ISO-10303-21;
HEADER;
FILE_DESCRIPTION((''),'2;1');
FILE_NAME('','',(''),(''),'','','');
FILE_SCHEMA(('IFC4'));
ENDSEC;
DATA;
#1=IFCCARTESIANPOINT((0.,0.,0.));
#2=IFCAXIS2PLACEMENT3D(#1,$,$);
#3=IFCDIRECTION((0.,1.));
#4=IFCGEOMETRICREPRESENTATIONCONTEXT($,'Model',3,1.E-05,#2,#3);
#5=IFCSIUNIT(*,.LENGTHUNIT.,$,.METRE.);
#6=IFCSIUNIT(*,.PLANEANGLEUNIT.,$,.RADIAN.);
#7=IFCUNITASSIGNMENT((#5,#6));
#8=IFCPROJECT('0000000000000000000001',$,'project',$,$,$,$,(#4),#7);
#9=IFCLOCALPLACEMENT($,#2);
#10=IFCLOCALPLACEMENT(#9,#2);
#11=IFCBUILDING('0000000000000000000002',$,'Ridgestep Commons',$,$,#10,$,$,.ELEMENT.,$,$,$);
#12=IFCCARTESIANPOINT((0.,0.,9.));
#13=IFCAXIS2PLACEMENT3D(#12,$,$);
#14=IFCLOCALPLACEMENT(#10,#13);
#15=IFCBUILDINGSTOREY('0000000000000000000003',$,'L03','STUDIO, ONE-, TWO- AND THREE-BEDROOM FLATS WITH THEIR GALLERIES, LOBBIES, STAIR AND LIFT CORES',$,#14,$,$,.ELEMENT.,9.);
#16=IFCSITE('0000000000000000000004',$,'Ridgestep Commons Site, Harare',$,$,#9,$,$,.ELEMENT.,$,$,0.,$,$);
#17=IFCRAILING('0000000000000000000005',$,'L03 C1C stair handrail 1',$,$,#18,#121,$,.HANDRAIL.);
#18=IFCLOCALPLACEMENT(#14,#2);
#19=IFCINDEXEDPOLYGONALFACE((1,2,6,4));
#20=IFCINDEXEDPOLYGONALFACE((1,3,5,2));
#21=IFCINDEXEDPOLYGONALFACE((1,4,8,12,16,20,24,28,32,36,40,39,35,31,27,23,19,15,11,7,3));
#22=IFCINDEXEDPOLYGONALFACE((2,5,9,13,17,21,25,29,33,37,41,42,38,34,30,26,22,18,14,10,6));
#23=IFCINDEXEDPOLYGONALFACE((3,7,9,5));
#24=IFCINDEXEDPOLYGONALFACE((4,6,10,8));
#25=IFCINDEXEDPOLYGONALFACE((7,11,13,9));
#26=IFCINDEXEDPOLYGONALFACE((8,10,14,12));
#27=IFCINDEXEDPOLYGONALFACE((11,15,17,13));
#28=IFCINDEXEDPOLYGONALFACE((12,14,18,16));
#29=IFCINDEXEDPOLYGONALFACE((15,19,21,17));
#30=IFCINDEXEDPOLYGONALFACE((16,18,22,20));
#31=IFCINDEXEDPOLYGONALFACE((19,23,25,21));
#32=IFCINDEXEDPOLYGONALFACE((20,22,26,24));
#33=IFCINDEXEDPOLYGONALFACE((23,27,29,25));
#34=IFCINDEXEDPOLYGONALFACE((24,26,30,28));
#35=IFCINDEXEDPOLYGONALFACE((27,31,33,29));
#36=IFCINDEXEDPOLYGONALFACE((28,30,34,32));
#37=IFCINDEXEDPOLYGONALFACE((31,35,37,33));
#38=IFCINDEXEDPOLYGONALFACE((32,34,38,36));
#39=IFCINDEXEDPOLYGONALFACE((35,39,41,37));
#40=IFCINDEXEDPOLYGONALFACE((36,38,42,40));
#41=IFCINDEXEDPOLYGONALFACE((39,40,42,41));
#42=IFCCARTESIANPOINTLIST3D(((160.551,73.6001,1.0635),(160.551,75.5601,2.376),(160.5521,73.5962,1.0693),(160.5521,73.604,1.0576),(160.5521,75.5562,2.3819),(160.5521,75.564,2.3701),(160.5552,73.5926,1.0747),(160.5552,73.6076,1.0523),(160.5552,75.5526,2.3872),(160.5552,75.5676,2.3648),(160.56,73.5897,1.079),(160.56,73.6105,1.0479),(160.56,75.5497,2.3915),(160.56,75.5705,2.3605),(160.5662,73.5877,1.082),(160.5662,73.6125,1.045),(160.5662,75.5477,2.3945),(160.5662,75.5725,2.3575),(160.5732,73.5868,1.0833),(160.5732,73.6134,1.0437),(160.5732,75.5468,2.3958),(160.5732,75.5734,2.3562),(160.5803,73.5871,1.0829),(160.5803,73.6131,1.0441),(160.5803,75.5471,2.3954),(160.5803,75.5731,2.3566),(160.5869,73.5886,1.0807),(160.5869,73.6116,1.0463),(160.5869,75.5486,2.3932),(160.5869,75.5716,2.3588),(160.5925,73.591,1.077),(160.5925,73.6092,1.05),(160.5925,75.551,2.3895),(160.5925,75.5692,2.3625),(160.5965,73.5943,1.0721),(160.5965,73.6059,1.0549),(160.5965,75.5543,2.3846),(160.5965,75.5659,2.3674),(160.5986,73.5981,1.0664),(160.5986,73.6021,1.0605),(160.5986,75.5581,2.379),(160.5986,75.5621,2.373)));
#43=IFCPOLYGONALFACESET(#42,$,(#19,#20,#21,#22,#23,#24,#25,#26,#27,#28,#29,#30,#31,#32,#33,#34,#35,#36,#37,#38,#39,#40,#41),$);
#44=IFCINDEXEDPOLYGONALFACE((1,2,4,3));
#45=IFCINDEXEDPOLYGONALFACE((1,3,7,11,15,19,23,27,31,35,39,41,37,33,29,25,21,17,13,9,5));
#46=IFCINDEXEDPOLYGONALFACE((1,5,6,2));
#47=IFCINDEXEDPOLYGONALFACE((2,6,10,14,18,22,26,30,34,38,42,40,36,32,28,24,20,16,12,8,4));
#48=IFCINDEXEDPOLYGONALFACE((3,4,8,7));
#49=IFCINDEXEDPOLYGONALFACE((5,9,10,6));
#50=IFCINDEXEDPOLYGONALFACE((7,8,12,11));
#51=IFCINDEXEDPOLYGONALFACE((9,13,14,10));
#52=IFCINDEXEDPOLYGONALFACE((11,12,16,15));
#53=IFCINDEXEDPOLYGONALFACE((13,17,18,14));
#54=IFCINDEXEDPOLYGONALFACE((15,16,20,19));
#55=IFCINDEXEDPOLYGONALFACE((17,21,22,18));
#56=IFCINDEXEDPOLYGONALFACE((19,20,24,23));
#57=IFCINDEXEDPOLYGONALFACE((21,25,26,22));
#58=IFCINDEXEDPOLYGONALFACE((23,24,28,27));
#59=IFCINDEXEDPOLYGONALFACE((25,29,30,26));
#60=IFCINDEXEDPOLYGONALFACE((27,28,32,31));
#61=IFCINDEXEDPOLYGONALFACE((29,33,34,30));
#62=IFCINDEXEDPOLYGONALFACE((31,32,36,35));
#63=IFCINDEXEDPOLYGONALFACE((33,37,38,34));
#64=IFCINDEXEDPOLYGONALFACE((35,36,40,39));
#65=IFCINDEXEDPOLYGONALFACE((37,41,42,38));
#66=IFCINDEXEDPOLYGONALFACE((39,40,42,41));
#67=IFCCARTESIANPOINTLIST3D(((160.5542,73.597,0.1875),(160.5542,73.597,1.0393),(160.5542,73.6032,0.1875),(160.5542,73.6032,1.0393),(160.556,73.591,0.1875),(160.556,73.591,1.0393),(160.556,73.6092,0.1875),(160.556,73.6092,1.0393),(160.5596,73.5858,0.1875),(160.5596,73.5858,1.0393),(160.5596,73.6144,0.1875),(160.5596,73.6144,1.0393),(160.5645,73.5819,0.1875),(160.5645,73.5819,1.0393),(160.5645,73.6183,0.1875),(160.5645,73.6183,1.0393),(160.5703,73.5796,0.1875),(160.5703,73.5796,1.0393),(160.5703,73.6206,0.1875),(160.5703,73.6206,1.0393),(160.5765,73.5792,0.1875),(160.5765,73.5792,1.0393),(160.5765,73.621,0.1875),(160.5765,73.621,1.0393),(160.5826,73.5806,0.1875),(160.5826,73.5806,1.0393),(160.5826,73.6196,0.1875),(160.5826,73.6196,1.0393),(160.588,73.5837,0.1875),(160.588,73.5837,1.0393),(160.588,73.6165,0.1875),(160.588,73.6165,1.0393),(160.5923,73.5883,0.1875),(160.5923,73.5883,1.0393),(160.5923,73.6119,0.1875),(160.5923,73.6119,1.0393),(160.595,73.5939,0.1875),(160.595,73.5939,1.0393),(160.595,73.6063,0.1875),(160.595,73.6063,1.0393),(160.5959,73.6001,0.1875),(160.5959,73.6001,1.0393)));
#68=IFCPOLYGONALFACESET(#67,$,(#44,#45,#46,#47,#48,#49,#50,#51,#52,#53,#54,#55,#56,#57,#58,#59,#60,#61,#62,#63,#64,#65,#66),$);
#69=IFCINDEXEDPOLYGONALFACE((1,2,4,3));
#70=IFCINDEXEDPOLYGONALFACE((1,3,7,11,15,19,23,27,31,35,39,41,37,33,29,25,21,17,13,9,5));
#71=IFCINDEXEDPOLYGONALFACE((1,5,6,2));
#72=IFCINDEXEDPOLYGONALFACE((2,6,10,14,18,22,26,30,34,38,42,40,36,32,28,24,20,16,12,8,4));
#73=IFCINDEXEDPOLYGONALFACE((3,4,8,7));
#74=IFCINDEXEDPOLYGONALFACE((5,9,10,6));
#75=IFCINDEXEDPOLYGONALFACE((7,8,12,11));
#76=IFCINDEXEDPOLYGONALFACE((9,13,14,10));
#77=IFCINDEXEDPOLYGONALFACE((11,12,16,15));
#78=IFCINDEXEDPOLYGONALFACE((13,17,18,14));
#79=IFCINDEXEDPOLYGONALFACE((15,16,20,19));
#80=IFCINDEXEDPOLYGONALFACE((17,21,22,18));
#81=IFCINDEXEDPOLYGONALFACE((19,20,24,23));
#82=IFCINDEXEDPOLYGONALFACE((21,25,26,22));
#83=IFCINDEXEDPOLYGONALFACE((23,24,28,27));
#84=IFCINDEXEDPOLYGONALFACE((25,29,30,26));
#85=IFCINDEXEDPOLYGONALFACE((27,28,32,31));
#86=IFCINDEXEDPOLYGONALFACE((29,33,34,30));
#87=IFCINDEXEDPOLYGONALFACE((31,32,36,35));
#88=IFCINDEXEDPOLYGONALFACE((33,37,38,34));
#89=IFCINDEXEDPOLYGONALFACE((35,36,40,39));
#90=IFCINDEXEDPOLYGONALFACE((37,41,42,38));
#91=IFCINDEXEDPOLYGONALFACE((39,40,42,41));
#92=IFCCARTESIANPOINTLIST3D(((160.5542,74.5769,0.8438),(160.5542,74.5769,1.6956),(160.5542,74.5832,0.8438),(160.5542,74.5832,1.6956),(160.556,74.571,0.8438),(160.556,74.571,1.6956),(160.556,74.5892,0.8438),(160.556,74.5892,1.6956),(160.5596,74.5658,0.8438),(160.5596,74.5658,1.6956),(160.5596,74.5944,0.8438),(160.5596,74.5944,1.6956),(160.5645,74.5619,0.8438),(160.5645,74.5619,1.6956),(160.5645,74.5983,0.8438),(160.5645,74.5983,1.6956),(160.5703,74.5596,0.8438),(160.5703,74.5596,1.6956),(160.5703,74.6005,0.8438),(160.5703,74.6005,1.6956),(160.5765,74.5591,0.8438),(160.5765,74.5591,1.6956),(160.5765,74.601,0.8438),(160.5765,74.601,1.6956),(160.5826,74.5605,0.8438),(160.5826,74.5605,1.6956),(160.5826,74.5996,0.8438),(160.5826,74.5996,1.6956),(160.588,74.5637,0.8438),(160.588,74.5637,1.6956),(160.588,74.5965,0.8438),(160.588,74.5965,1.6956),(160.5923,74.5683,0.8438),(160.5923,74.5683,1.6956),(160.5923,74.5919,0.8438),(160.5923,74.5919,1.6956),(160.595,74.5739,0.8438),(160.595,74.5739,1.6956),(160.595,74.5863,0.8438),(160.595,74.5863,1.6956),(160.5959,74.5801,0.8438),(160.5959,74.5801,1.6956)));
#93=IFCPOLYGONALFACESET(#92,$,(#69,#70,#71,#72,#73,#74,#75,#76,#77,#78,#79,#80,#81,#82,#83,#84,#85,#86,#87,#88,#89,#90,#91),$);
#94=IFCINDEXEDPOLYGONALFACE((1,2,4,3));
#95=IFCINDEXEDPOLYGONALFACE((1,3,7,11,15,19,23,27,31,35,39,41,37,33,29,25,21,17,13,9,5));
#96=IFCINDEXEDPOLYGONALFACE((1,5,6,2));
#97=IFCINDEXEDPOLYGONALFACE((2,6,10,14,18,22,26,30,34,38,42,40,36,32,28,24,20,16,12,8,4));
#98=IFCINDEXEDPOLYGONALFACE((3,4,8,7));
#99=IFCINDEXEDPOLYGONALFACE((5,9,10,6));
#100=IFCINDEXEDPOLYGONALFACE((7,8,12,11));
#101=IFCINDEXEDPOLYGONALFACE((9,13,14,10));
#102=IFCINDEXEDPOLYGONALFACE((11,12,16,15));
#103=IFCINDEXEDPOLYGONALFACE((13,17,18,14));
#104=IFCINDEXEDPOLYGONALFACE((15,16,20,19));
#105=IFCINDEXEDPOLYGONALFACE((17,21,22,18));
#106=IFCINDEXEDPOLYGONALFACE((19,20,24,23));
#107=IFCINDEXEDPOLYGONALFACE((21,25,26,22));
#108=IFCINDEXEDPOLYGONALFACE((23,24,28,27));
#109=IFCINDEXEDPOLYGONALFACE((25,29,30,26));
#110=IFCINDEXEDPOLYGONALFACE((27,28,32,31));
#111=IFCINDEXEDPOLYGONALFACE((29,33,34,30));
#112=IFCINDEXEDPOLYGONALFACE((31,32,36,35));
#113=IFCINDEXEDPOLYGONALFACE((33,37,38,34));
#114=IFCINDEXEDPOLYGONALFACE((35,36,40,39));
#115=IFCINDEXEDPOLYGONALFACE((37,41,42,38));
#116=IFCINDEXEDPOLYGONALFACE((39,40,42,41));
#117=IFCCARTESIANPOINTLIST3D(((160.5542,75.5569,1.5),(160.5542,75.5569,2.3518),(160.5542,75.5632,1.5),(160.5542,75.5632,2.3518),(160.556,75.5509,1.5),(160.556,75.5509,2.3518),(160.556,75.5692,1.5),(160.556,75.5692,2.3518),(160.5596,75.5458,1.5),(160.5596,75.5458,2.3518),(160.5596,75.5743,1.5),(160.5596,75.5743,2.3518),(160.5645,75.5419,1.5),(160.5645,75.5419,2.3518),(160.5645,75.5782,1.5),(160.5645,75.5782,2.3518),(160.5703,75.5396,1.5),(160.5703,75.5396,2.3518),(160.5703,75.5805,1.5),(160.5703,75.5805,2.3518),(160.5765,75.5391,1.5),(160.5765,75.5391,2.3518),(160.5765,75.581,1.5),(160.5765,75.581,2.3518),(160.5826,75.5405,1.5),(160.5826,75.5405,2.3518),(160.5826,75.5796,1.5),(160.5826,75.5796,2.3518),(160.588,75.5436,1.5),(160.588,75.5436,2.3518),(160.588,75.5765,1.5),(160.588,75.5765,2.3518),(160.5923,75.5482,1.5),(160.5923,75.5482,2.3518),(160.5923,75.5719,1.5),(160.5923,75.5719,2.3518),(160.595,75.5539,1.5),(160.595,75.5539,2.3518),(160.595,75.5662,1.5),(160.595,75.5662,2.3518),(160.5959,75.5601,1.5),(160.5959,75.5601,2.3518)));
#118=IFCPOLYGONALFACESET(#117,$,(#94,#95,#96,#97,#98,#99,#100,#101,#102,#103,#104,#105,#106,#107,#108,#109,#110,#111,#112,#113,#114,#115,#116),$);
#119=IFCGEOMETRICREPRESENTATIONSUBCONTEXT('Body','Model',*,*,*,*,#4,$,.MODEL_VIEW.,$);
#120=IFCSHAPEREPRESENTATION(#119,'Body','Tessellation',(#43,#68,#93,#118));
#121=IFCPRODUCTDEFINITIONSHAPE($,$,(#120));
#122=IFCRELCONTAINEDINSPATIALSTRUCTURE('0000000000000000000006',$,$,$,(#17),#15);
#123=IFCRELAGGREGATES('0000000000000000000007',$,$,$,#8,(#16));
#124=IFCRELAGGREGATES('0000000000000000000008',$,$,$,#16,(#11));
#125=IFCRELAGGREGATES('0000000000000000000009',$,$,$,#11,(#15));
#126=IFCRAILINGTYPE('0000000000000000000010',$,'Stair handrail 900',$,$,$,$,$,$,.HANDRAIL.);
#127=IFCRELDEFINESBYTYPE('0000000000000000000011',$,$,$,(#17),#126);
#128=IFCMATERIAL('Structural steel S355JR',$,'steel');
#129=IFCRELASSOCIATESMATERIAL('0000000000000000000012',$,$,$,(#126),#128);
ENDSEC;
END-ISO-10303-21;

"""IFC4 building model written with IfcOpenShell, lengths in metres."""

from ifc_helpers import new_model, si_unit, direction, frame, origin, origin_2d, place, context, subcontext, project, spatial, circle, extrude, material, type_object, element, save


model = new_model("IFC4")

# Units and contexts
model_context = context("Model", 3, precision=1e-05, world=origin(), true_north=direction((0.0, 1.0)))
body_context = subcontext(model_context, "Body", "Model", "MODEL_VIEW")
ifc_project = project(units=[si_unit("LENGTHUNIT", "METRE"), si_unit("PLANEANGLEUNIT", "RADIAN")], contexts=[model_context])

# Site, building, storey
site_placement = place(None, origin())
site = spatial("IfcSite", under=ifc_project, at=site_placement, Name="Ridgestep Commons Site, Harare", CompositionType="ELEMENT", RefElevation=0.0)
building_placement = place(site_placement, origin())
building = spatial("IfcBuilding", under=site, at=building_placement, Name="Ridgestep Commons", CompositionType="ELEMENT")
storey_placement = place(building_placement, frame((0.0, 0.0, 9.0)))
storey = spatial("IfcBuildingStorey", under=building, at=storey_placement, Name="L03", Description="STUDIO, ONE-, TWO- AND THREE-BEDROOM FLATS WITH THEIR GALLERIES, LOBBIES, STAIR AND LIFT CORES", CompositionType="ELEMENT", Elevation=9.0)

# Railing
ifc_material_1 = material(Name="Structural steel S355JR", Category="steel")
railing_type_1 = type_object("IfcRailingType", Name="Stair handrail 900", PredefinedType="HANDRAIL", material=ifc_material_1)
railing_1_placement = place(storey_placement, frame((160.575, 73.6001, 0.1875)))
element("IfcRailing", 1, at=railing_1_placement, inside=storey, type_object=railing_type_1, Name="L03 C1C stair handrail 1", PredefinedType="HANDRAIL", context=body_context, shape_type="SweptSolid", body=[
    extrude(circle(Radius=0.0239, at=origin_2d()), frame((0.0, 0.0, 0.876), z_axis=(0.0, 0.830902, 0.556419), x_axis=(-1.0, 0.0, 0.0)), (0.0, 0.0, 1.0), 2.3589),
    extrude(circle(Radius=0.021, at=origin_2d()), origin(), (0.0, 0.0, 1.0), 0.8518),
    extrude(circle(Radius=0.021, at=origin_2d()), frame((0.0, 0.98, 0.6562)), (0.0, 0.0, 1.0), 0.8518),
    extrude(circle(Radius=0.021, at=origin_2d()), frame((0.0, 1.96, 1.3125)), (0.0, 0.0, 1.0), 0.8518),
])

save(model, "model.ifc")
